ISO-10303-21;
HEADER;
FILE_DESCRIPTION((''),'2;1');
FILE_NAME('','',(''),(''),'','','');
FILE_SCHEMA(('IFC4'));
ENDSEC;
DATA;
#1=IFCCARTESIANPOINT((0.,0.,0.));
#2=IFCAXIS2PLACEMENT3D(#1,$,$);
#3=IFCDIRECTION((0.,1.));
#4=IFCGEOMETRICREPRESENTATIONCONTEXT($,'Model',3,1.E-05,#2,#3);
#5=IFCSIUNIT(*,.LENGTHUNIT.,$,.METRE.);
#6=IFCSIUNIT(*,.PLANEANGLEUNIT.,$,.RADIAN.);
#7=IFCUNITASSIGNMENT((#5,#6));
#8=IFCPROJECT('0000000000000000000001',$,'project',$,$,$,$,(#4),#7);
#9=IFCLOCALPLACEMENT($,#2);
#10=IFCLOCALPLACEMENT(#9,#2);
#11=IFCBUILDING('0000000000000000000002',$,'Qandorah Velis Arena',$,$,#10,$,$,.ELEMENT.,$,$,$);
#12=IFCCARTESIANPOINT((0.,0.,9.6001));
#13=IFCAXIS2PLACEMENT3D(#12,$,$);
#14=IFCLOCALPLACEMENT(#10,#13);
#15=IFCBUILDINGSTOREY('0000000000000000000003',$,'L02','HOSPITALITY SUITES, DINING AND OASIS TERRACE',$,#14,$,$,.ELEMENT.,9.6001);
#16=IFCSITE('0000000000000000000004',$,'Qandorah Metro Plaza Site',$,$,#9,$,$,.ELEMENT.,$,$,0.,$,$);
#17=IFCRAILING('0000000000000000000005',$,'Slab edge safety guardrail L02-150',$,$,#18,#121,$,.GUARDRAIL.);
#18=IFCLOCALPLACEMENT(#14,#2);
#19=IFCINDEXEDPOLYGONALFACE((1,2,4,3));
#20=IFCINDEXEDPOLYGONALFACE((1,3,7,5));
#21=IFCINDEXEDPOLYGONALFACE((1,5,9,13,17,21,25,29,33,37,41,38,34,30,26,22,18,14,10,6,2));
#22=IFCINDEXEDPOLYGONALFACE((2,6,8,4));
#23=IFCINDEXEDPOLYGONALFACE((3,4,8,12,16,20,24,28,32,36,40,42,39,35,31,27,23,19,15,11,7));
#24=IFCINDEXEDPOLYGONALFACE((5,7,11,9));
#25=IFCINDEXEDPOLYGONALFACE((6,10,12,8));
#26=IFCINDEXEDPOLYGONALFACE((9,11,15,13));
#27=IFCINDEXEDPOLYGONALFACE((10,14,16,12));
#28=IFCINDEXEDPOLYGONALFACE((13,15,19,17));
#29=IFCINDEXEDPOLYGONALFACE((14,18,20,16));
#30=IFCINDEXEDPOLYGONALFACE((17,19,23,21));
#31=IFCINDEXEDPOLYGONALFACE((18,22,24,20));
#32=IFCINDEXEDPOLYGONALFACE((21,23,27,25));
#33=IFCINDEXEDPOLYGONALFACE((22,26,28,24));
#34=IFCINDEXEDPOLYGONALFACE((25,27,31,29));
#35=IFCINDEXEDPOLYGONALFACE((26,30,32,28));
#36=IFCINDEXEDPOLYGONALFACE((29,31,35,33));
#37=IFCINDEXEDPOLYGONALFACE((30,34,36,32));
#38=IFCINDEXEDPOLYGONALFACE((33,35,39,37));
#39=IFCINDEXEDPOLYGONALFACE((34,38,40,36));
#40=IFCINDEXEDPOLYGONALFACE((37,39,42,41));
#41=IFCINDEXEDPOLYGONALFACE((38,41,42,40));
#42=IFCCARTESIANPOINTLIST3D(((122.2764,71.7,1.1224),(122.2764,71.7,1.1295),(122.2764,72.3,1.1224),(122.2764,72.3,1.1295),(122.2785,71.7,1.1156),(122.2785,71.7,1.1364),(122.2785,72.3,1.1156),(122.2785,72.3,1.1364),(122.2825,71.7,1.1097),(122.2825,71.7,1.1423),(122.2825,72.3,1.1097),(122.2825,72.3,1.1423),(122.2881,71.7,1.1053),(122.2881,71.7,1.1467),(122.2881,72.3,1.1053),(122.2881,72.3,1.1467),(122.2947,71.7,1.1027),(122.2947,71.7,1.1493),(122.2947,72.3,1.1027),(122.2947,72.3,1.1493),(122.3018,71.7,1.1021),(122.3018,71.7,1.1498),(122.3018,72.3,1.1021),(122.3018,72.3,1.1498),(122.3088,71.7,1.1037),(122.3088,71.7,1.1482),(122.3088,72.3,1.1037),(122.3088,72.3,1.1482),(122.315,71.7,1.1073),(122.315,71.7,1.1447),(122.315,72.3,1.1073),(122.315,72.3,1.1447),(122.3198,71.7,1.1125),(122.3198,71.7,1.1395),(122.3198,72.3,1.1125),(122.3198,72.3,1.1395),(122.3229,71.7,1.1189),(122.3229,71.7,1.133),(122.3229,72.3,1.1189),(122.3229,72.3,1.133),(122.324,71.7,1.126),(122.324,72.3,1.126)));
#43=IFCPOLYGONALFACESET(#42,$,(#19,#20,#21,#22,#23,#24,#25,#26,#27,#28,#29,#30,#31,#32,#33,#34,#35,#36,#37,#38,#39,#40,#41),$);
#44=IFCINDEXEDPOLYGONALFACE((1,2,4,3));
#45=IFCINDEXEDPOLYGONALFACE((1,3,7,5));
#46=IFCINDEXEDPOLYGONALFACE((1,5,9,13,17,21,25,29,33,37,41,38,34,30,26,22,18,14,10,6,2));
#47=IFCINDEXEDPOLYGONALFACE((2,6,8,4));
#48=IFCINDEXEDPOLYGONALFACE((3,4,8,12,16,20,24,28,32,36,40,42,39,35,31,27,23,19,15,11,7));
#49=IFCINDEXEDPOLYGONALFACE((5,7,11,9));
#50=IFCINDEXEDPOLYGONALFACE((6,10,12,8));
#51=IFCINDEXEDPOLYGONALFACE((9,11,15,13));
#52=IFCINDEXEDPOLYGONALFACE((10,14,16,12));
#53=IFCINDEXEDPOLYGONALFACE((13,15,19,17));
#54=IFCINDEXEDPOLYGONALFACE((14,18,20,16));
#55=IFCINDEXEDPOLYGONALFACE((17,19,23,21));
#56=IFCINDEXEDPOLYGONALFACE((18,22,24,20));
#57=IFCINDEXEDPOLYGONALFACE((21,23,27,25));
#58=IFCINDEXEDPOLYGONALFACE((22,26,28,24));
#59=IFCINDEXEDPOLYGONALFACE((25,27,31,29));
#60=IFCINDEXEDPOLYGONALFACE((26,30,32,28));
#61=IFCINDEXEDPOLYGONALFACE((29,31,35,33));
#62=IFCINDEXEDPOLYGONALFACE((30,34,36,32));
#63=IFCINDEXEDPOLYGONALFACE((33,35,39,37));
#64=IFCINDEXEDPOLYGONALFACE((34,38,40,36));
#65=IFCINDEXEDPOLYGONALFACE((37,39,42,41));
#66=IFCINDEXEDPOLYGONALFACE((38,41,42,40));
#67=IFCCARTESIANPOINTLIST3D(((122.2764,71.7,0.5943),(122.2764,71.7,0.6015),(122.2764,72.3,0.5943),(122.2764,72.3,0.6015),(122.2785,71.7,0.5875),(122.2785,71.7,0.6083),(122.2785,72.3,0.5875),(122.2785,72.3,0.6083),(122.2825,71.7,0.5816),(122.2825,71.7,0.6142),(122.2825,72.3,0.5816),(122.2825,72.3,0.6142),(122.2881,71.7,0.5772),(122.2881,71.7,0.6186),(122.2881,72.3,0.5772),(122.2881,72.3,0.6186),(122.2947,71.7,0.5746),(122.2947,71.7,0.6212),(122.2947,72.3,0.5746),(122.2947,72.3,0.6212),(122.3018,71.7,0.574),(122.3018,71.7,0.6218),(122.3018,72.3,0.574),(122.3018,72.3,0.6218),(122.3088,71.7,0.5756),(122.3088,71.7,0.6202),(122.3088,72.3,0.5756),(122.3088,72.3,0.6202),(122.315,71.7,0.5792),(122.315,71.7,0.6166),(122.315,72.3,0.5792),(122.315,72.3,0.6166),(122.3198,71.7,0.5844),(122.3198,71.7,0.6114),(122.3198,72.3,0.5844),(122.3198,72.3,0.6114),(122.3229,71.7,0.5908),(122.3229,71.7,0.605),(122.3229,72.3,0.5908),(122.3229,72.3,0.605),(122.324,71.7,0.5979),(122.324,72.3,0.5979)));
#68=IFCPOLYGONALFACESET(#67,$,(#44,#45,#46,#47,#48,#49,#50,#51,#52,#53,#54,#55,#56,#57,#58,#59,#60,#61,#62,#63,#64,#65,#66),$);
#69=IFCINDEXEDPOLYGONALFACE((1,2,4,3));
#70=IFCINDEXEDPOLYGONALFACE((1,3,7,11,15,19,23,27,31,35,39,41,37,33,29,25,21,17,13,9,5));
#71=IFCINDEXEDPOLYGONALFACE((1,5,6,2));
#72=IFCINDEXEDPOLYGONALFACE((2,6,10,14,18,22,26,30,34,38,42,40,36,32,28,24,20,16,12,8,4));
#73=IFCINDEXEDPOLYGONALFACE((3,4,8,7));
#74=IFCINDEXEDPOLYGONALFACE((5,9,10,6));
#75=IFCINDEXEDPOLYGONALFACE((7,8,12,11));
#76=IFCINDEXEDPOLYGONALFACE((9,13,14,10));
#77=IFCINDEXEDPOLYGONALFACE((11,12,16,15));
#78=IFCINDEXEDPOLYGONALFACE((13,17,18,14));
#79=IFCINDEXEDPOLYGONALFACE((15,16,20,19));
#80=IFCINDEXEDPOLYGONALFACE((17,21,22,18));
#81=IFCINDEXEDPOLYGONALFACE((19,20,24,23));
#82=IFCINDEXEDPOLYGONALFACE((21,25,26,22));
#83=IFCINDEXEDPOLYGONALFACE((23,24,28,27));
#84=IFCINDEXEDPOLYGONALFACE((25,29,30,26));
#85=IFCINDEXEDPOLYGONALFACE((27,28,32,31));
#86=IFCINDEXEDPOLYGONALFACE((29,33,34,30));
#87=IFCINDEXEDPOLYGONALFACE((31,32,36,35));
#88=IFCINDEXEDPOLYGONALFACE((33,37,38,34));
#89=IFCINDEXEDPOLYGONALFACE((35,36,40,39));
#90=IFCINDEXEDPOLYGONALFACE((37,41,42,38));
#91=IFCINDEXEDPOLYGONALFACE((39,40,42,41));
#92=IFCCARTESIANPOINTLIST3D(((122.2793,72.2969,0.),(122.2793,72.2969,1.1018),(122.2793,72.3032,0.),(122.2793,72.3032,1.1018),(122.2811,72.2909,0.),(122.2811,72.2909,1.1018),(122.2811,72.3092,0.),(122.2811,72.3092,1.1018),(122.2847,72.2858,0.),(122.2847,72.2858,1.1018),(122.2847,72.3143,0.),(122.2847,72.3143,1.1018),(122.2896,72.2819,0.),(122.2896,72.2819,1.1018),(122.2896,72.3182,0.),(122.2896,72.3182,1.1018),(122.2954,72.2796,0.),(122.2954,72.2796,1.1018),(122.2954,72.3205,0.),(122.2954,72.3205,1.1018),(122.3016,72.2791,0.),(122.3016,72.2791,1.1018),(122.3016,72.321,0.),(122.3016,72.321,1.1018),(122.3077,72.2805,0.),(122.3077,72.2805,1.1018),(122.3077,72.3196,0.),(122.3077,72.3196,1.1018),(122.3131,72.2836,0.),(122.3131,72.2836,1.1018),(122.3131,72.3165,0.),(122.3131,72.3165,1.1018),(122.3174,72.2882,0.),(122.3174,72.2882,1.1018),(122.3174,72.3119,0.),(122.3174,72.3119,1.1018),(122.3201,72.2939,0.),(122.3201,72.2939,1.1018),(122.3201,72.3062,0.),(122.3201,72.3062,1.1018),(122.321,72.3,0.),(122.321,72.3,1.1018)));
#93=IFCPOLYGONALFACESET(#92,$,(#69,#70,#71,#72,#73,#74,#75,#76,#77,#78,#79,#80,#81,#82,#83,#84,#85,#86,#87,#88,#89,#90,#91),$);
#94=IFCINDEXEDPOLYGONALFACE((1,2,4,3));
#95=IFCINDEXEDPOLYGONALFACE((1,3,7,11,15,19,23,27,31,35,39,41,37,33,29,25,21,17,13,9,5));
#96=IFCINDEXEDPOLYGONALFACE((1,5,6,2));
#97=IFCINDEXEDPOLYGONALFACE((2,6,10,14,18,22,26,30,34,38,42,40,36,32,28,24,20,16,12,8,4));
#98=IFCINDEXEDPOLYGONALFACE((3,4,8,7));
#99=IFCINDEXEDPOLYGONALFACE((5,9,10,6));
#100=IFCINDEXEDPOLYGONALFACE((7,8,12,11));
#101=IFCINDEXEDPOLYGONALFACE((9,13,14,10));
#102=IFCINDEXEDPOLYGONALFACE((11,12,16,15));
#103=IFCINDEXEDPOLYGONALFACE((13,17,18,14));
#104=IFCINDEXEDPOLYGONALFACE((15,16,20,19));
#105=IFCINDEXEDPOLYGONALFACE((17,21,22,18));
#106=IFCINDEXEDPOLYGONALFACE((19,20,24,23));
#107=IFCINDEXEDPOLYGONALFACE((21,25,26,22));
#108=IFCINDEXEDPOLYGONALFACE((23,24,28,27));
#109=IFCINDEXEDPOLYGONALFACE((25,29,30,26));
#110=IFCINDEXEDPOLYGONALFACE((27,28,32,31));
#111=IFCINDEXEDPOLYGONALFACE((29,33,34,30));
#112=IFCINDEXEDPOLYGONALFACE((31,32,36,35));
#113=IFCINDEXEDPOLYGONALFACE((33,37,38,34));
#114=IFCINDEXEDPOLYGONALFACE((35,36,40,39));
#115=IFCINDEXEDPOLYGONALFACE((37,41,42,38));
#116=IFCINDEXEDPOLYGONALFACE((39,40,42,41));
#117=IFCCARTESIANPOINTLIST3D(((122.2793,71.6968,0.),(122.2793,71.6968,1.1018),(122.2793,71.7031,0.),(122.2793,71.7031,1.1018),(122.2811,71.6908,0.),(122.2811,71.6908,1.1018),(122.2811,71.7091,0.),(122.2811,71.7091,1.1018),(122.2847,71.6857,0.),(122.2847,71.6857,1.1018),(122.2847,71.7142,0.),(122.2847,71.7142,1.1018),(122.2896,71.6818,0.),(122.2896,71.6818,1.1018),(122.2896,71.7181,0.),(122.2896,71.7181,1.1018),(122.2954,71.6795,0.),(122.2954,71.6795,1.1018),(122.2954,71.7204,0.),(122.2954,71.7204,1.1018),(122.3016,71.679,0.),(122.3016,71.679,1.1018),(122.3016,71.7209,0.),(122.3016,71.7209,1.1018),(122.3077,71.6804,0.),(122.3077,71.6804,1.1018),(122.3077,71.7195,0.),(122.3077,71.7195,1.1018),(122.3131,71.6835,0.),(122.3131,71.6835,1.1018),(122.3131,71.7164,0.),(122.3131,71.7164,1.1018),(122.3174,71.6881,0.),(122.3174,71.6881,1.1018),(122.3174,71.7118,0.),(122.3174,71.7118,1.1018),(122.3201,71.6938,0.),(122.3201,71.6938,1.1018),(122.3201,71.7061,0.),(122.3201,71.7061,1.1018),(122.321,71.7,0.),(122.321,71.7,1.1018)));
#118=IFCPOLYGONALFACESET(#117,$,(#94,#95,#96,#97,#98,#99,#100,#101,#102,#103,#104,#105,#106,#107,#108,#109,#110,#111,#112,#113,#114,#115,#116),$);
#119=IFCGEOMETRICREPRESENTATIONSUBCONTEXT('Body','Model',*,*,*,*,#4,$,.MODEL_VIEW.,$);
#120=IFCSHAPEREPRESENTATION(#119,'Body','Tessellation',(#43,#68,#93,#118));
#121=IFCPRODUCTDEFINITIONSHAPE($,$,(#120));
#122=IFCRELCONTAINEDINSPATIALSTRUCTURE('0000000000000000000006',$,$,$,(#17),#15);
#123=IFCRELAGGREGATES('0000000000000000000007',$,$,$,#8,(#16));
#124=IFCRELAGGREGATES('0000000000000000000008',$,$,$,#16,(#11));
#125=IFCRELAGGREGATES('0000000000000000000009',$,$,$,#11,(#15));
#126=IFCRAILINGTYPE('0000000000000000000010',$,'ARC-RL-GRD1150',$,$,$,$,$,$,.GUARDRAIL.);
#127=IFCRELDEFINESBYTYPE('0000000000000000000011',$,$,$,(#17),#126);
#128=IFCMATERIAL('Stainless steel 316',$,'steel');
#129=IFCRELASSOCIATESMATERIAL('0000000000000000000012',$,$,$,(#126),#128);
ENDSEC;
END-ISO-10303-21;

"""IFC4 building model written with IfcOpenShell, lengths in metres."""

from ifc_helpers import new_model, si_unit, direction, frame, origin, origin_2d, place, context, subcontext, project, spatial, circle, extrude, material, type_object, element, save


model = new_model("IFC4")

# Units and contexts
model_context = context("Model", 3, precision=1e-05, world=origin(), true_north=direction((0.0, 1.0)))
body_context = subcontext(model_context, "Body", "Model", "MODEL_VIEW")
ifc_project = project(units=[si_unit("LENGTHUNIT", "METRE"), si_unit("PLANEANGLEUNIT", "RADIAN")], contexts=[model_context])

# Site, building, storey
site_placement = place(None, origin())
site = spatial("IfcSite", under=ifc_project, at=site_placement, Name="Qandorah Metro Plaza Site", CompositionType="ELEMENT", RefElevation=0.0)
building_placement = place(site_placement, origin())
building = spatial("IfcBuilding", under=site, at=building_placement, Name="Qandorah Velis Arena", CompositionType="ELEMENT")
storey_placement = place(building_placement, frame((0.0, 0.0, 9.6001)))
storey = spatial("IfcBuildingStorey", under=building, at=storey_placement, Name="L02", Description="HOSPITALITY SUITES, DINING AND OASIS TERRACE", CompositionType="ELEMENT", Elevation=9.6001)

# Railing
ifc_material_1 = material(Name="Stainless steel 316", Category="steel")
railing_type = type_object("IfcRailingType", Name="ARC-RL-GRD1150", PredefinedType="GUARDRAIL", material=ifc_material_1)
for number, where, name in (
    (1, (122.3, 72.3, 0.0), "Slab edge safety guardrail L02-150"),
):
    element("IfcRailing", number, at=place(storey_placement, frame(where)), inside=storey, type_object=railing_type, Name=name, PredefinedType="GUARDRAIL", context=body_context, shape_type="SweptSolid", body=[
        extrude(circle(Radius=0.0239, at=origin_2d()), frame((0.0, 0.0, 1.126), z_axis=(0.0, -1.0, 0.0), x_axis=(1.0, 0.0, 0.0)), (0.0, 0.0, 1.0), 0.6001),
        extrude(circle(Radius=0.0239, at=origin_2d()), frame((0.0, 0.0, 0.5979), z_axis=(0.0, -1.0, 0.0), x_axis=(1.0, 0.0, 0.0)), (0.0, 0.0, 1.0), 0.6001),
        extrude(circle(Radius=0.021, at=origin_2d()), origin(), (0.0, 0.0, 1.0), 1.1018),
        extrude(circle(Radius=0.021, at=origin_2d()), frame((0.0, -0.6001, 0.0)), (0.0, 0.0, 1.0), 1.1018),
    ])

save(model, "model.ifc")
